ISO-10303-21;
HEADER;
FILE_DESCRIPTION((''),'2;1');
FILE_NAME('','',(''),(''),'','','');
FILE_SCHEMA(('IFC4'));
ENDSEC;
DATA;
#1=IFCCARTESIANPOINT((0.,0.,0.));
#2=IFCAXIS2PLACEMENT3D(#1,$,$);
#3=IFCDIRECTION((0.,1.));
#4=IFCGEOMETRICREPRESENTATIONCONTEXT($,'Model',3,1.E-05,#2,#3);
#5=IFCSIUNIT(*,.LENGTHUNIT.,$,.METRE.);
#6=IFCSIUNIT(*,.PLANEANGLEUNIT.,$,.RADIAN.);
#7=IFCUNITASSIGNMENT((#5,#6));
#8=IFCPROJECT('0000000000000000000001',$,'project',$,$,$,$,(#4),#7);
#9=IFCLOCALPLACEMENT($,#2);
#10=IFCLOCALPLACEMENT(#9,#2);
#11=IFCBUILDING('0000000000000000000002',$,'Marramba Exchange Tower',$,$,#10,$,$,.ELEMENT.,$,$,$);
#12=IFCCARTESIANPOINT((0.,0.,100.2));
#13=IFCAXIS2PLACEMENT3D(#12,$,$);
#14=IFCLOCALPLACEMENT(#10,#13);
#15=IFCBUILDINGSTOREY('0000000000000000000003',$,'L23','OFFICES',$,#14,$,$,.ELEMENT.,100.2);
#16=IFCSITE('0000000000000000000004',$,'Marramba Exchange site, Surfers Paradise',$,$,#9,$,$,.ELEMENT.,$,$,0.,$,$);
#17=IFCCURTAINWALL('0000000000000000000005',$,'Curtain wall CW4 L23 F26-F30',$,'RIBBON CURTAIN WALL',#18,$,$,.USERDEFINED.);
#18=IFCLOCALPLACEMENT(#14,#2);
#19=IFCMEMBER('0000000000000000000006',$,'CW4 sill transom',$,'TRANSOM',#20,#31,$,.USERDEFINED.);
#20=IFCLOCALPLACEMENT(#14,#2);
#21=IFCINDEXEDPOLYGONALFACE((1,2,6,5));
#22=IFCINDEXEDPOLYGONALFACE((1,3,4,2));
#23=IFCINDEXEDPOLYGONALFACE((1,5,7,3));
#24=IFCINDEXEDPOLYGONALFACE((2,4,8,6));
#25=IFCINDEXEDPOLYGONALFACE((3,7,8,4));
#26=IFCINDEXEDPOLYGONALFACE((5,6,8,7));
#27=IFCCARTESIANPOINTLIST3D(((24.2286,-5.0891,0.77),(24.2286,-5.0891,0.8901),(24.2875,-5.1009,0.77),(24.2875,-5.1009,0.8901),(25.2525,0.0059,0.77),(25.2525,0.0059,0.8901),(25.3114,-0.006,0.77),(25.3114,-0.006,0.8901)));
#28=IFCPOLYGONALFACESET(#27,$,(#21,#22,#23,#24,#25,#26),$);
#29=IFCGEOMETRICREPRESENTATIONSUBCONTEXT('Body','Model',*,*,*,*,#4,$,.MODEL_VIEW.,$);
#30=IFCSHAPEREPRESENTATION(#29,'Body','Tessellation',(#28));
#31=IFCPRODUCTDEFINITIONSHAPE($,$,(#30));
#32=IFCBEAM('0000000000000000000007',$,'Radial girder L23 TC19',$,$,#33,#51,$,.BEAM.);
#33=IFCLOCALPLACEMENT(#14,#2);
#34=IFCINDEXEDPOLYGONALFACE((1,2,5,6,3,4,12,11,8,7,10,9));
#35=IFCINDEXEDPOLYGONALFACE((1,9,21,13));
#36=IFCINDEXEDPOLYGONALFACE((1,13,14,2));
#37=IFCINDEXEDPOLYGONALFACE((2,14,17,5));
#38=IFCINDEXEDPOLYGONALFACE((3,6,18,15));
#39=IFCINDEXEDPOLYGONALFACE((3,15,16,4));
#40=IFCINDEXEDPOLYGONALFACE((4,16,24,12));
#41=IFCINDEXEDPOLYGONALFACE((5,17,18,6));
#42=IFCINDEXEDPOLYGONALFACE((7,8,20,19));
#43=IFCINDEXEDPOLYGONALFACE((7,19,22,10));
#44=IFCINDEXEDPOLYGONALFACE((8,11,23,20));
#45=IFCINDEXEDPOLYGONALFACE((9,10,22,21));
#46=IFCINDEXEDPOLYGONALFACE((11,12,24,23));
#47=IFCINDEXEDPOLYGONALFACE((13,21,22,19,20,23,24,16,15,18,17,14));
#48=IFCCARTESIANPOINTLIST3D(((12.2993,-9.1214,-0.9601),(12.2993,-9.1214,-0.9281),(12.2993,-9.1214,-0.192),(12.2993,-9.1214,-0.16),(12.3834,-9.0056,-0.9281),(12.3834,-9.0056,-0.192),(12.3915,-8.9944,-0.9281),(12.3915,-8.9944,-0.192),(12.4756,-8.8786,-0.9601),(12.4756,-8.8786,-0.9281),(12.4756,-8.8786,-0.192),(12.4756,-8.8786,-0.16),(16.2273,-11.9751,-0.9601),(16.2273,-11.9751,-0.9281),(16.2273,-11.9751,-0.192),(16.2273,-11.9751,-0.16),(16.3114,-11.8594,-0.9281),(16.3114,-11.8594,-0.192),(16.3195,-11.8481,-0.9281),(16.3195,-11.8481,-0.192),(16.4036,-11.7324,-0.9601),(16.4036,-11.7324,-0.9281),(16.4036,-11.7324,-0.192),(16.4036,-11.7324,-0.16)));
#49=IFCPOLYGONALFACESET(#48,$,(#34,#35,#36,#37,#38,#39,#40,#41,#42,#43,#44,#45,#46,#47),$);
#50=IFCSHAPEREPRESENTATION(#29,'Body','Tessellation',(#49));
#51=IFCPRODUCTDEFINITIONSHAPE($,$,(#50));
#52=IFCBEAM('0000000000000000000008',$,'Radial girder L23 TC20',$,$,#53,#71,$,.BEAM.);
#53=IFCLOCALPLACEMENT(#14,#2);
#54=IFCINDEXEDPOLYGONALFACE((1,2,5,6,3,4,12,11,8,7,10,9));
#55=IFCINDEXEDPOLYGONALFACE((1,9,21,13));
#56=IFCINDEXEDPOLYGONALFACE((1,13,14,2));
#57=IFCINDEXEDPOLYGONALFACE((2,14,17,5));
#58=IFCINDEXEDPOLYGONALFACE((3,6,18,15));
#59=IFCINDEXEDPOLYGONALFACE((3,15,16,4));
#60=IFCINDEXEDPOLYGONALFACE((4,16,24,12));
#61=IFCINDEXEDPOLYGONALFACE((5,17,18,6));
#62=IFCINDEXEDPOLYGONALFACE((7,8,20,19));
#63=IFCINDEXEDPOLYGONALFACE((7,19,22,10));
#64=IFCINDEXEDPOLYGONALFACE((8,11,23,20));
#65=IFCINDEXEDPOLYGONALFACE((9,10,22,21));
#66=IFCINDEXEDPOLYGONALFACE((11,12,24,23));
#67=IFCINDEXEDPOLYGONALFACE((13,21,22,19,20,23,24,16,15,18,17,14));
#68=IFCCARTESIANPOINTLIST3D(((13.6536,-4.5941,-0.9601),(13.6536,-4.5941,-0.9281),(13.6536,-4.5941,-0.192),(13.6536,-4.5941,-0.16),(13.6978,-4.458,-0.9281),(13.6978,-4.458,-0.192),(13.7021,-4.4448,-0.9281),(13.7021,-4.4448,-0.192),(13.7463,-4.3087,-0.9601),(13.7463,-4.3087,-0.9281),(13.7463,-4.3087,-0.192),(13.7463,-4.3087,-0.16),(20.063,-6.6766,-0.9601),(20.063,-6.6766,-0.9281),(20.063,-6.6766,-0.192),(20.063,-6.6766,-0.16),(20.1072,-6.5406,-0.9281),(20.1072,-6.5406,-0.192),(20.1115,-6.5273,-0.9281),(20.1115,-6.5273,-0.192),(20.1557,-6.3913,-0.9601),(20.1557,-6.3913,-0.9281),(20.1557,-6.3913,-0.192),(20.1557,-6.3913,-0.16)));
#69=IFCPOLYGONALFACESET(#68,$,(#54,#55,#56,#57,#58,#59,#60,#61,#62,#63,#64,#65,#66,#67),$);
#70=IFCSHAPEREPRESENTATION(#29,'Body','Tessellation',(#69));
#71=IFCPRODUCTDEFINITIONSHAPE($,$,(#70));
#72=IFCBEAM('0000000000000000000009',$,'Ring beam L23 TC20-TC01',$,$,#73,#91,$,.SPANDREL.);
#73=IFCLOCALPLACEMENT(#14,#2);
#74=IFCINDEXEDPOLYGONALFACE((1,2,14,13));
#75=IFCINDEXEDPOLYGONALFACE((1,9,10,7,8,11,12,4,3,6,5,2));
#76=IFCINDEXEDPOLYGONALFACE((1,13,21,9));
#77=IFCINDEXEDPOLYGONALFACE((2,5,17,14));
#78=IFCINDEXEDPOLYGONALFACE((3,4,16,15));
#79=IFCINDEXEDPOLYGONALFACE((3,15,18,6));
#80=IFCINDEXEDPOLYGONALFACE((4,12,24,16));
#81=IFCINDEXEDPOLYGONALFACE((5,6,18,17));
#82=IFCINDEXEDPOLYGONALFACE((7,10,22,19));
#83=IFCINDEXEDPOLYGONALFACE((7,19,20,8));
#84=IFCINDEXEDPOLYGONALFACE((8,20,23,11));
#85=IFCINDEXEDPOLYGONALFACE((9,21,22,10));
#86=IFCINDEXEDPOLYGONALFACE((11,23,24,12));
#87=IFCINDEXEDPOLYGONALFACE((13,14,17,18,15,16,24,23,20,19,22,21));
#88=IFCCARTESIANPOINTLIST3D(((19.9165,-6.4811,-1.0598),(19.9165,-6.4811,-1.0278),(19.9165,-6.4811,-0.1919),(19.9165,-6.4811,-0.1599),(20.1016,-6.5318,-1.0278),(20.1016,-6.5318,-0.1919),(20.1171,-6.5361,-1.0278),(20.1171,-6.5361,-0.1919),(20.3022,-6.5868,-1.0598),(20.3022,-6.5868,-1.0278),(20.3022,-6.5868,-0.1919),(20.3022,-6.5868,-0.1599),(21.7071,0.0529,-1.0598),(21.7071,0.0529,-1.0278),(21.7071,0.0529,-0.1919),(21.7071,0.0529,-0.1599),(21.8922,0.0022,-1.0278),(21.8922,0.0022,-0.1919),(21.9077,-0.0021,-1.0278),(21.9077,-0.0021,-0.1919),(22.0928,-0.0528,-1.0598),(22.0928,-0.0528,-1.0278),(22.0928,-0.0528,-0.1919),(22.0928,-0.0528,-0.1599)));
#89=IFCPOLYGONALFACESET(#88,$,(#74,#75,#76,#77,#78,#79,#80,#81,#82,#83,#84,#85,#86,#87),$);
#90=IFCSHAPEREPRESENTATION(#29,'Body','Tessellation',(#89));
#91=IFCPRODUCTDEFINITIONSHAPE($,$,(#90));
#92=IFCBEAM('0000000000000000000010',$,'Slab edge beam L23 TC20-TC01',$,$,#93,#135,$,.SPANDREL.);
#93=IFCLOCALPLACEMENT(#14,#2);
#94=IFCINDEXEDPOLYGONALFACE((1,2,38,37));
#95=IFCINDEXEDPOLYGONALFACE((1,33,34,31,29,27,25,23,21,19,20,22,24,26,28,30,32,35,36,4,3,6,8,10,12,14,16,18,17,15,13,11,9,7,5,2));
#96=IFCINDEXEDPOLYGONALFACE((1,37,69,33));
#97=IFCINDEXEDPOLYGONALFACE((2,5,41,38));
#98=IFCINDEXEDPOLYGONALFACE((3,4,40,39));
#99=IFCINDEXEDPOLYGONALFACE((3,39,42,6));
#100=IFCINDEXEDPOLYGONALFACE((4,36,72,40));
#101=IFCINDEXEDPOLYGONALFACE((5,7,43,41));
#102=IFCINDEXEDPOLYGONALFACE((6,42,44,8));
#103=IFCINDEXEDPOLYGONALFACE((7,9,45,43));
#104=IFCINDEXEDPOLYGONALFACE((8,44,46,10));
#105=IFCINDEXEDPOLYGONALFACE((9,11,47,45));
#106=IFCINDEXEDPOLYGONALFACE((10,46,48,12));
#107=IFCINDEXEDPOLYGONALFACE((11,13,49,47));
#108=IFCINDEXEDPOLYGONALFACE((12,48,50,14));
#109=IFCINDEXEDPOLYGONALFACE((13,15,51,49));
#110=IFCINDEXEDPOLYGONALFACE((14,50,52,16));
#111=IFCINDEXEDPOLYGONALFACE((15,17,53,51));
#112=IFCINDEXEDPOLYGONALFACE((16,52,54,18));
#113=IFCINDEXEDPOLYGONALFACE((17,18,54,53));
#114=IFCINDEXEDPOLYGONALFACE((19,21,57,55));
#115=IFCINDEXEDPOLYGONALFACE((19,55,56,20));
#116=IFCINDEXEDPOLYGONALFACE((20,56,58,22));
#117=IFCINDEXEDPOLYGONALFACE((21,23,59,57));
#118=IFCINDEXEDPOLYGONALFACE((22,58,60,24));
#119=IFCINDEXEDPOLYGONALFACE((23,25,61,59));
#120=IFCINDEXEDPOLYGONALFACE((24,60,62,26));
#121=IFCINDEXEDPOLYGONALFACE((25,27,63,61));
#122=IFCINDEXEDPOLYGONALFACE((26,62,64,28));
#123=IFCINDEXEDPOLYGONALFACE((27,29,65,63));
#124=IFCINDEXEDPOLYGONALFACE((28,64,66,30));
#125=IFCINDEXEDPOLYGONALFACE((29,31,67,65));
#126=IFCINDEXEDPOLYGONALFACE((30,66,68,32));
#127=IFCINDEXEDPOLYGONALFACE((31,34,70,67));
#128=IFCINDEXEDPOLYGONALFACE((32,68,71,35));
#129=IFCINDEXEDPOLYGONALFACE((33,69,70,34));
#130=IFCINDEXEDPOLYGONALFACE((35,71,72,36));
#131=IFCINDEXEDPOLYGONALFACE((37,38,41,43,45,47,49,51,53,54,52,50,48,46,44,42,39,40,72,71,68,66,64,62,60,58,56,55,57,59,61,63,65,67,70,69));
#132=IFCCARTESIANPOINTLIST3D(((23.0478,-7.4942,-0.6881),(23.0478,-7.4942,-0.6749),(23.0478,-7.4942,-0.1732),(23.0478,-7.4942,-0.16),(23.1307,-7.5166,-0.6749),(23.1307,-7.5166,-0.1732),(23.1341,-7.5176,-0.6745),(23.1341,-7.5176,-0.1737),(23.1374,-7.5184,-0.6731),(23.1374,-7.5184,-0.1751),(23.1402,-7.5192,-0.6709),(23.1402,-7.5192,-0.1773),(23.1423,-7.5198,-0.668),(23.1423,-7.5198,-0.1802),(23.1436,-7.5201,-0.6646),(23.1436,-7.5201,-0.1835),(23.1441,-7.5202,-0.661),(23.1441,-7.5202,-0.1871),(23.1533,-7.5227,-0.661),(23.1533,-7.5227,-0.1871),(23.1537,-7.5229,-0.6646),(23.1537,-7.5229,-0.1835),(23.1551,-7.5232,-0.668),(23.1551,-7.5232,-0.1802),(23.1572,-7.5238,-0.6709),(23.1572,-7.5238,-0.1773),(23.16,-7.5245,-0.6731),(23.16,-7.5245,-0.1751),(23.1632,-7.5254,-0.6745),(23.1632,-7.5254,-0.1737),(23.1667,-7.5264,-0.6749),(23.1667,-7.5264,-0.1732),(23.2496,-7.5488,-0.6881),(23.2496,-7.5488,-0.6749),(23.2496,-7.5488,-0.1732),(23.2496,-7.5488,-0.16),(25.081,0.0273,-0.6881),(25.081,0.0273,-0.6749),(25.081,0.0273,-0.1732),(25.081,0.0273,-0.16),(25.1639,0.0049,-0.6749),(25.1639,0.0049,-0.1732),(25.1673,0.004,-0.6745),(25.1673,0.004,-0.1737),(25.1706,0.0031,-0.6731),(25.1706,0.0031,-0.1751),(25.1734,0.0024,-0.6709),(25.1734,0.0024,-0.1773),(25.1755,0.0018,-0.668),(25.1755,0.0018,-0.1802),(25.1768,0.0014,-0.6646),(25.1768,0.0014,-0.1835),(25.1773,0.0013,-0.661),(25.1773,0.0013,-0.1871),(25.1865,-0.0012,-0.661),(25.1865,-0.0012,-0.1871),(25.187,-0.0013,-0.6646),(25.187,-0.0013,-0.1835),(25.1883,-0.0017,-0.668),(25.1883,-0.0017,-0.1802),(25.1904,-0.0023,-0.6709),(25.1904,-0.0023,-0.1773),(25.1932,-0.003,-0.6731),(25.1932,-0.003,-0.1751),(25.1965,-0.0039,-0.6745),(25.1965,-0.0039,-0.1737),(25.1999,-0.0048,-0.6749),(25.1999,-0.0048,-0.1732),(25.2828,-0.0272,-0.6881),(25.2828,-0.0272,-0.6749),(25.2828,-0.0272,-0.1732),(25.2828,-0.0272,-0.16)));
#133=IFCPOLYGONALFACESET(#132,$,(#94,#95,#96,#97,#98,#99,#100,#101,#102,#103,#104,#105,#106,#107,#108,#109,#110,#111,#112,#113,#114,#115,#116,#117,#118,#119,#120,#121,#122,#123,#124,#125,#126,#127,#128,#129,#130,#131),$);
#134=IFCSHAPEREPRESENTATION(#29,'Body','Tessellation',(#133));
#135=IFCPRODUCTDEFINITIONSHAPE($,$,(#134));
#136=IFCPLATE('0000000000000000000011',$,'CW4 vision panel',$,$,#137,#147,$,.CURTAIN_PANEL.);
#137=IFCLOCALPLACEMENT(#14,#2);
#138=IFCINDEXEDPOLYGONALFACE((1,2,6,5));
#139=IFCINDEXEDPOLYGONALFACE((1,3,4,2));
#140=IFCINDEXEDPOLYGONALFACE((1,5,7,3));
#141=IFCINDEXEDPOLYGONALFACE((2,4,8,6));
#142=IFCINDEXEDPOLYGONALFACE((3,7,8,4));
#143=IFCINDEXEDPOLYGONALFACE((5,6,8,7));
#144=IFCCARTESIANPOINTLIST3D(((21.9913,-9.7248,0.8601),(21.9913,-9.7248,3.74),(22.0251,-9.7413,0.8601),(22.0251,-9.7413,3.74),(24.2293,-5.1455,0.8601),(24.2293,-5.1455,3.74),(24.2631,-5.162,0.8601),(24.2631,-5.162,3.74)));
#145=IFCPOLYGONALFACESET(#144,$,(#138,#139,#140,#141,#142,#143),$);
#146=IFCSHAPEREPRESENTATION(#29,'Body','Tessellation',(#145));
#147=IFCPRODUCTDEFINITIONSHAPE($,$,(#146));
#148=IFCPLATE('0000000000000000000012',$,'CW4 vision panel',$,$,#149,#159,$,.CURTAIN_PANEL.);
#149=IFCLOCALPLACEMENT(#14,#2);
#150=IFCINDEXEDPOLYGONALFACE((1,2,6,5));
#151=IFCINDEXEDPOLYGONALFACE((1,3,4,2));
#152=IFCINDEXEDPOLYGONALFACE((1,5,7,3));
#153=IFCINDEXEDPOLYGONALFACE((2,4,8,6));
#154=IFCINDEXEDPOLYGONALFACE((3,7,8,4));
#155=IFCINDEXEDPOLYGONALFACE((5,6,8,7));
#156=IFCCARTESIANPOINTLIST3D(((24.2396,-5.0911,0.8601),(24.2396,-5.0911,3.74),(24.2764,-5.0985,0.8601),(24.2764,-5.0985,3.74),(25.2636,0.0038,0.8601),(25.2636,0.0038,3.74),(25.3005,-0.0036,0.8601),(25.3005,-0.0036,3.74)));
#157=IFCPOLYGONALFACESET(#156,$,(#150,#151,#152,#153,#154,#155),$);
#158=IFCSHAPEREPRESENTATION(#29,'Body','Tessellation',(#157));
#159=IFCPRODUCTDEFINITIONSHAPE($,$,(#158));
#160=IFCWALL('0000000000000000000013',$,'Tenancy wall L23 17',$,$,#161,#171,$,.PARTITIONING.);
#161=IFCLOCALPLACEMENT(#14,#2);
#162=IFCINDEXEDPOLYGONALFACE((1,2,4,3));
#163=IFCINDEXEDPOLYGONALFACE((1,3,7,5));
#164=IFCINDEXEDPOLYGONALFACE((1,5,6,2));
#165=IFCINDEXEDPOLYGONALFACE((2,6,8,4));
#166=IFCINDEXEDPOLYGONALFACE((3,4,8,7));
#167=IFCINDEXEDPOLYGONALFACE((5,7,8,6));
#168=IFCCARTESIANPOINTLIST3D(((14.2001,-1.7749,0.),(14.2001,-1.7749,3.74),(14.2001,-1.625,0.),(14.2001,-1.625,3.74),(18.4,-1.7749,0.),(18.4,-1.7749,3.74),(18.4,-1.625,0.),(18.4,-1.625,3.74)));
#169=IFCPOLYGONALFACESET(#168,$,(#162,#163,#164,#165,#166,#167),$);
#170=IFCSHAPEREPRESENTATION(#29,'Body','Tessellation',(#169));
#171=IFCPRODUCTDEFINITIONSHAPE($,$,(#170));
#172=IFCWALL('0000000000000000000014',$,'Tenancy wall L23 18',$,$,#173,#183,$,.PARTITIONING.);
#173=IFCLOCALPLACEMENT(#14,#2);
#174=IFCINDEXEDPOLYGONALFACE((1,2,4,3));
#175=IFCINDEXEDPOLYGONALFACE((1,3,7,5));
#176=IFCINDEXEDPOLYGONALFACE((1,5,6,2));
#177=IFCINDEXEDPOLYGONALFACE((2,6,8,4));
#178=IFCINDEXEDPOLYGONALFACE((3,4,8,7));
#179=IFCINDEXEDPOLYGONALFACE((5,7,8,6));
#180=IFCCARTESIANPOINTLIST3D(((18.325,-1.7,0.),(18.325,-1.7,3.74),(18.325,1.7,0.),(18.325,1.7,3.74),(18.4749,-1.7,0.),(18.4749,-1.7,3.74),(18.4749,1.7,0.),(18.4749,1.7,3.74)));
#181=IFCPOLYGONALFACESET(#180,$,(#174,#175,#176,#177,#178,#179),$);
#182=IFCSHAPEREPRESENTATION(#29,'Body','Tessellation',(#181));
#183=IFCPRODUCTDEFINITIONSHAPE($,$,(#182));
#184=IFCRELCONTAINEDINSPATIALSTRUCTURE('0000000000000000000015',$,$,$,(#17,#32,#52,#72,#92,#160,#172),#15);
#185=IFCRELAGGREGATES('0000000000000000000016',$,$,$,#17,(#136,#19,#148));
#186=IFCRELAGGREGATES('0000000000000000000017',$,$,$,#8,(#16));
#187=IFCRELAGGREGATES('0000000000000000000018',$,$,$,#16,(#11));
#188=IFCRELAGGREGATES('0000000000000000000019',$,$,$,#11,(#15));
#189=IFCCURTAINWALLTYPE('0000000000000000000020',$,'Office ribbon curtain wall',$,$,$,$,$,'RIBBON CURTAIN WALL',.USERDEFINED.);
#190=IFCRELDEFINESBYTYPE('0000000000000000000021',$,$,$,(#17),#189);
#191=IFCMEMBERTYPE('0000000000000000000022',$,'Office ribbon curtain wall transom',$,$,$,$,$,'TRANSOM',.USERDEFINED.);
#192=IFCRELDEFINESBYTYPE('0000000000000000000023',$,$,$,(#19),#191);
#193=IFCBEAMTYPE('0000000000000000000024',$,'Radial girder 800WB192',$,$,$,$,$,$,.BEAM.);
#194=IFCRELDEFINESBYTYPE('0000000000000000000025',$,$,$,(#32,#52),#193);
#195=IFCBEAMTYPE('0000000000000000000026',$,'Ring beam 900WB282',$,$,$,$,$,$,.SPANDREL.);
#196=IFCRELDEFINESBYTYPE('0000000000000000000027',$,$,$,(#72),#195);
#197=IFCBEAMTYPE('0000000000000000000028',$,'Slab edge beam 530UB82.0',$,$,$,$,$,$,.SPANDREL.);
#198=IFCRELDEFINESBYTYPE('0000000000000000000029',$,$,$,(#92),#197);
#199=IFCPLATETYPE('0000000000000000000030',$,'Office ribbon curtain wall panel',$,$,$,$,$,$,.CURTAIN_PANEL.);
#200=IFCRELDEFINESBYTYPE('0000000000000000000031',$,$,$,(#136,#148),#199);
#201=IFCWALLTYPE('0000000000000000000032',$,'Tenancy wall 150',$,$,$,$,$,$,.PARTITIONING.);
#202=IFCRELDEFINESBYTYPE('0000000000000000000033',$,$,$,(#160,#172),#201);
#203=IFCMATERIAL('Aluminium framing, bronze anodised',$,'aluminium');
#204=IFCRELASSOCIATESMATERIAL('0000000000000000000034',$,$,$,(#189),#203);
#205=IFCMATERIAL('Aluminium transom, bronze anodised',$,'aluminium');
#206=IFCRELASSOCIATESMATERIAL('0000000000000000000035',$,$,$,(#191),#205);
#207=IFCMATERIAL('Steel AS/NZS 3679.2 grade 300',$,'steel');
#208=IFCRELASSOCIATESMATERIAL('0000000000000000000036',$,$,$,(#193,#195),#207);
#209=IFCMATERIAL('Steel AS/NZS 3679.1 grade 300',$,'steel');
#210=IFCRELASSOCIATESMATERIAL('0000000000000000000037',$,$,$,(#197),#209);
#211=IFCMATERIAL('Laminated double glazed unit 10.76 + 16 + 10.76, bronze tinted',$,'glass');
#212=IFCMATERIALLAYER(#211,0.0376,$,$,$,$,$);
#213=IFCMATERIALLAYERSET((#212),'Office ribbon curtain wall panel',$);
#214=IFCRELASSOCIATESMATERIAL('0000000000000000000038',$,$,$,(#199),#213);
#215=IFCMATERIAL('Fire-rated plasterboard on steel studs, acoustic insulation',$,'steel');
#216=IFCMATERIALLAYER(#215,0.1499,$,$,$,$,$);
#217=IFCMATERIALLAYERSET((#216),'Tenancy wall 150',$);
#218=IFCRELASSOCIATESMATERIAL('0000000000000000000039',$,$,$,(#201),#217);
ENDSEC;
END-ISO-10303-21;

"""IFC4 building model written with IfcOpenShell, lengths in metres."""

from ifc_helpers import new_model, si_unit, direction, frame, frame_2d, origin, origin_2d, place, context, subcontext, project, spatial, rectangle, i_section, extrude, material, layer, layer_set, material_profile, profile_set, type_object, element, aggregate, save


model = new_model("IFC4")

# Units and contexts
model_context = context("Model", 3, precision=1e-05, world=origin(), true_north=direction((0.0, 1.0)))
body_context = subcontext(model_context, "Body", "Model", "MODEL_VIEW")
ifc_project = project(units=[si_unit("LENGTHUNIT", "METRE"), si_unit("PLANEANGLEUNIT", "RADIAN")], contexts=[model_context])

# Site, building, storey
site_placement = place(None, origin())
site = spatial("IfcSite", under=ifc_project, at=site_placement, Name="Marramba Exchange site, Surfers Paradise", CompositionType="ELEMENT", RefElevation=0.0)
building_placement = place(site_placement, origin())
building = spatial("IfcBuilding", under=site, at=building_placement, Name="Marramba Exchange Tower", CompositionType="ELEMENT")
storey_placement = place(building_placement, frame((0.0, 0.0, 100.2)))
storey = spatial("IfcBuildingStorey", under=building, at=storey_placement, Name="L23", Description="OFFICES", CompositionType="ELEMENT", Elevation=100.2)

# Shared definitions
ifc_material_1 = material(Name="Steel AS/NZS 3679.2 grade 300", Category="steel")
ifc_material_2 = material(Name="Steel AS/NZS 3679.1 grade 300", Category="steel")

# Curtain wall, member
ifc_material_3 = material(Name="Aluminium framing, bronze anodised", Category="aluminium")
curtain_wall_type = type_object("IfcCurtainWallType", Name="Office ribbon curtain wall", ElementType="RIBBON CURTAIN WALL", PredefinedType="USERDEFINED", material=ifc_material_3)
curtain_wall_placement = place(storey_placement, origin())
curtain_wall = element("IfcCurtainWall", 1, at=curtain_wall_placement, inside=storey, type_object=curtain_wall_type, Name="Curtain wall CW4 L23 F26-F30", ObjectType="RIBBON CURTAIN WALL", PredefinedType="USERDEFINED")
ifc_material_4 = material(Name="Aluminium transom, bronze anodised", Category="aluminium")
ifc_material_profile_1 = material_profile(ifc_material_4, rectangle(XDim=0.0601, YDim=0.1201, at=origin_2d()), Name="CW4 transom 60x120")
ifc_profile_set_1 = profile_set([ifc_material_profile_1], Name="Aluminium transom, bronze anodised")
member_type_1 = type_object("IfcMemberType", Name="Office ribbon curtain wall transom", ElementType="TRANSOM", PredefinedType="USERDEFINED", material=ifc_profile_set_1)
member_1_placement = place(storey_placement, frame((24.2581, -5.095, 0.8301), z_axis=(0.197029, 0.980398, 0.0), x_axis=(-0.980398, 0.197029, 0.0)))
member_1 = element("IfcMember", 2, at=member_1_placement, type_object=member_type_1, Name="CW4 sill transom", ObjectType="TRANSOM", PredefinedType="USERDEFINED", context=body_context, shape_type="SweptSolid", body=[
    extrude(rectangle(XDim=0.0601, YDim=0.1201, at=origin_2d()), origin(), (0.0, 0.0, 1.0), 5.1968),
])

# Beams
ifc_material_profile_2 = material_profile(ifc_material_1, i_section(OverallWidth=0.3, OverallDepth=0.8, WebThickness=0.0139, FlangeThickness=0.032, at=origin_2d()), Name="800WB192")
ifc_profile_set_2 = profile_set([ifc_material_profile_2], Name="Steel AS/NZS 3679.2 grade 300")
beam_type_1 = type_object("IfcBeamType", Name="Radial girder 800WB192", PredefinedType="BEAM", material=ifc_profile_set_2)
beam_1_placement = place(storey_placement, frame((12.3875, -9.0, -0.5601), z_axis=(0.809025, -0.587774, 0.0), x_axis=(0.587774, 0.809025, 0.0)))
element("IfcBeam", 3, at=beam_1_placement, inside=storey, type_object=beam_type_1, Name="Radial girder L23 TC19", PredefinedType="BEAM", context=body_context, shape_type="SweptSolid", body=[
    extrude(i_section(OverallWidth=0.3, OverallDepth=0.8, WebThickness=0.0139, FlangeThickness=0.032, at=origin_2d()), origin(), (0.0, 0.0, 1.0), 4.8552),
])
beam_2_placement = place(storey_placement, frame((13.7, -4.4514, -0.5601), z_axis=(0.951058, -0.309013, 0.0), x_axis=(0.309013, 0.951058, 0.0)))
element("IfcBeam", 4, at=beam_2_placement, inside=storey, type_object=beam_type_1, Name="Radial girder L23 TC20", PredefinedType="BEAM", context=body_context, shape_type="SweptSolid", body=[
    extrude(i_section(OverallWidth=0.3, OverallDepth=0.8, WebThickness=0.0139, FlangeThickness=0.032, at=origin_2d()), origin(), (0.0, 0.0, 1.0), 6.7393),
])
ifc_material_profile_3 = material_profile(ifc_material_1, i_section(OverallWidth=0.3999, OverallDepth=0.8999, WebThickness=0.0161, FlangeThickness=0.032, at=origin_2d()), Name="900WB282")
ifc_profile_set_3 = profile_set([ifc_material_profile_3], Name="Steel AS/NZS 3679.2 grade 300")
beam_type_2 = type_object("IfcBeamType", Name="Ring beam 900WB282", PredefinedType="SPANDREL", material=ifc_profile_set_3)
beam_3_placement = place(storey_placement, frame((20.1094, -6.5339, -0.6099), z_axis=(0.264291, 0.964443, 0.0), x_axis=(-0.964443, 0.264291, 0.0)))
element("IfcBeam", 5, at=beam_3_placement, inside=storey, type_object=beam_type_2, Name="Ring beam L23 TC20-TC01", PredefinedType="SPANDREL", context=body_context, shape_type="SweptSolid", body=[
    extrude(i_section(OverallWidth=0.3999, OverallDepth=0.8999, WebThickness=0.0161, FlangeThickness=0.032, at=origin_2d()), origin(), (0.0, 0.0, 1.0), 6.7749),
])
ifc_material_profile_4 = material_profile(ifc_material_2, i_section(OverallWidth=0.209, OverallDepth=0.5281, WebThickness=0.0095, FlangeThickness=0.0132, FilletRadius=0.0139, at=origin_2d()), Name="530UB82.0")
ifc_profile_set_4 = profile_set([ifc_material_profile_4], Name="Steel AS/NZS 3679.1 grade 300")
beam_type_3 = type_object("IfcBeamType", Name="Slab edge beam 530UB82.0", PredefinedType="SPANDREL", material=ifc_profile_set_4)
beam_4_placement = place(storey_placement, frame((23.1487, -7.5215, -0.4241), z_axis=(0.260953, 0.965351, 0.0), x_axis=(-0.965351, 0.260953, 0.0)))
element("IfcBeam", 6, at=beam_4_placement, inside=storey, type_object=beam_type_3, Name="Slab edge beam L23 TC20-TC01", PredefinedType="SPANDREL", context=body_context, shape_type="SweptSolid", body=[
    extrude(i_section(OverallWidth=0.209, OverallDepth=0.5281, WebThickness=0.0095, FlangeThickness=0.0132, FilletRadius=0.0139, at=origin_2d()), origin(), (0.0, 0.0, 1.0), 7.7915),
])

# Plates
ifc_material_5 = material(Name="Laminated double glazed unit 10.76 + 16 + 10.76, bronze tinted", Category="glass")
ifc_layer_1 = layer(ifc_material_5, 0.0376)
ifc_layer_set_1 = layer_set([ifc_layer_1], Name="Office ribbon curtain wall panel")
plate_type = type_object("IfcPlateType", Name="Office ribbon curtain wall panel", PredefinedType="CURTAIN_PANEL", material=ifc_layer_set_1)
plate_1_placement = place(storey_placement, frame((23.1272, -7.4434, 0.8601), z_axis=(0.0, 0.0, 1.0), x_axis=(0.439086, 0.898445, 0.0)))
plate_1 = element("IfcPlate", 7, at=plate_1_placement, type_object=plate_type, Name="CW4 vision panel", PredefinedType="CURTAIN_PANEL", context=body_context, shape_type="SweptSolid", body=[
    extrude(rectangle(XDim=5.0969, YDim=0.0376, at=origin_2d()), origin(), (0.0, 0.0, 1.0), 2.8799),
])
plate_2_placement = place(storey_placement, frame((24.77, -2.5474, 0.8601), z_axis=(0.0, 0.0, 1.0), x_axis=(0.197049, 0.980394, 0.0)))
plate_2 = element("IfcPlate", 8, at=plate_2_placement, type_object=plate_type, Name="CW4 vision panel", PredefinedType="CURTAIN_PANEL", context=body_context, shape_type="SweptSolid", body=[
    extrude(rectangle(XDim=5.1968, YDim=0.0376, at=origin_2d()), origin(), (0.0, 0.0, 1.0), 2.8799),
])
aggregate(curtain_wall, [plate_1, member_1, plate_2])

# Walls
ifc_material_6 = material(Name="Fire-rated plasterboard on steel studs, acoustic insulation", Category="steel")
ifc_layer_2 = layer(ifc_material_6, 0.1499)
ifc_layer_set_2 = layer_set([ifc_layer_2], Name="Tenancy wall 150")
wall_type_1 = type_object("IfcWallType", Name="Tenancy wall 150", PredefinedType="PARTITIONING", material=ifc_layer_set_2)
wall_1_placement = place(storey_placement, frame((14.2, -1.7, 0.0), z_axis=(0.0, 0.0, 1.0), x_axis=(1.0, 0.0, 0.0)))
element("IfcWall", 9, at=wall_1_placement, inside=storey, type_object=wall_type_1, Name="Tenancy wall L23 17", PredefinedType="PARTITIONING", context=body_context, shape_type="SweptSolid", body=[
    extrude(rectangle(XDim=4.2, YDim=0.1499, at=frame_2d((2.1001, 0.0))), origin(), (0.0, 0.0, 1.0), 3.74),
])
wall_2_placement = place(storey_placement, frame((18.3999, -1.7, 0.0), z_axis=(0.0, 0.0, 1.0), x_axis=(0.0, 1.0, 0.0)))
element("IfcWall", 10, at=wall_2_placement, inside=storey, type_object=wall_type_1, Name="Tenancy wall L23 18", PredefinedType="PARTITIONING", context=body_context, shape_type="SweptSolid", body=[
    extrude(rectangle(XDim=3.3999, YDim=0.1499, at=frame_2d((1.7, 0.0))), origin(), (0.0, 0.0, 1.0), 3.74),
])

save(model, "model.ifc")
